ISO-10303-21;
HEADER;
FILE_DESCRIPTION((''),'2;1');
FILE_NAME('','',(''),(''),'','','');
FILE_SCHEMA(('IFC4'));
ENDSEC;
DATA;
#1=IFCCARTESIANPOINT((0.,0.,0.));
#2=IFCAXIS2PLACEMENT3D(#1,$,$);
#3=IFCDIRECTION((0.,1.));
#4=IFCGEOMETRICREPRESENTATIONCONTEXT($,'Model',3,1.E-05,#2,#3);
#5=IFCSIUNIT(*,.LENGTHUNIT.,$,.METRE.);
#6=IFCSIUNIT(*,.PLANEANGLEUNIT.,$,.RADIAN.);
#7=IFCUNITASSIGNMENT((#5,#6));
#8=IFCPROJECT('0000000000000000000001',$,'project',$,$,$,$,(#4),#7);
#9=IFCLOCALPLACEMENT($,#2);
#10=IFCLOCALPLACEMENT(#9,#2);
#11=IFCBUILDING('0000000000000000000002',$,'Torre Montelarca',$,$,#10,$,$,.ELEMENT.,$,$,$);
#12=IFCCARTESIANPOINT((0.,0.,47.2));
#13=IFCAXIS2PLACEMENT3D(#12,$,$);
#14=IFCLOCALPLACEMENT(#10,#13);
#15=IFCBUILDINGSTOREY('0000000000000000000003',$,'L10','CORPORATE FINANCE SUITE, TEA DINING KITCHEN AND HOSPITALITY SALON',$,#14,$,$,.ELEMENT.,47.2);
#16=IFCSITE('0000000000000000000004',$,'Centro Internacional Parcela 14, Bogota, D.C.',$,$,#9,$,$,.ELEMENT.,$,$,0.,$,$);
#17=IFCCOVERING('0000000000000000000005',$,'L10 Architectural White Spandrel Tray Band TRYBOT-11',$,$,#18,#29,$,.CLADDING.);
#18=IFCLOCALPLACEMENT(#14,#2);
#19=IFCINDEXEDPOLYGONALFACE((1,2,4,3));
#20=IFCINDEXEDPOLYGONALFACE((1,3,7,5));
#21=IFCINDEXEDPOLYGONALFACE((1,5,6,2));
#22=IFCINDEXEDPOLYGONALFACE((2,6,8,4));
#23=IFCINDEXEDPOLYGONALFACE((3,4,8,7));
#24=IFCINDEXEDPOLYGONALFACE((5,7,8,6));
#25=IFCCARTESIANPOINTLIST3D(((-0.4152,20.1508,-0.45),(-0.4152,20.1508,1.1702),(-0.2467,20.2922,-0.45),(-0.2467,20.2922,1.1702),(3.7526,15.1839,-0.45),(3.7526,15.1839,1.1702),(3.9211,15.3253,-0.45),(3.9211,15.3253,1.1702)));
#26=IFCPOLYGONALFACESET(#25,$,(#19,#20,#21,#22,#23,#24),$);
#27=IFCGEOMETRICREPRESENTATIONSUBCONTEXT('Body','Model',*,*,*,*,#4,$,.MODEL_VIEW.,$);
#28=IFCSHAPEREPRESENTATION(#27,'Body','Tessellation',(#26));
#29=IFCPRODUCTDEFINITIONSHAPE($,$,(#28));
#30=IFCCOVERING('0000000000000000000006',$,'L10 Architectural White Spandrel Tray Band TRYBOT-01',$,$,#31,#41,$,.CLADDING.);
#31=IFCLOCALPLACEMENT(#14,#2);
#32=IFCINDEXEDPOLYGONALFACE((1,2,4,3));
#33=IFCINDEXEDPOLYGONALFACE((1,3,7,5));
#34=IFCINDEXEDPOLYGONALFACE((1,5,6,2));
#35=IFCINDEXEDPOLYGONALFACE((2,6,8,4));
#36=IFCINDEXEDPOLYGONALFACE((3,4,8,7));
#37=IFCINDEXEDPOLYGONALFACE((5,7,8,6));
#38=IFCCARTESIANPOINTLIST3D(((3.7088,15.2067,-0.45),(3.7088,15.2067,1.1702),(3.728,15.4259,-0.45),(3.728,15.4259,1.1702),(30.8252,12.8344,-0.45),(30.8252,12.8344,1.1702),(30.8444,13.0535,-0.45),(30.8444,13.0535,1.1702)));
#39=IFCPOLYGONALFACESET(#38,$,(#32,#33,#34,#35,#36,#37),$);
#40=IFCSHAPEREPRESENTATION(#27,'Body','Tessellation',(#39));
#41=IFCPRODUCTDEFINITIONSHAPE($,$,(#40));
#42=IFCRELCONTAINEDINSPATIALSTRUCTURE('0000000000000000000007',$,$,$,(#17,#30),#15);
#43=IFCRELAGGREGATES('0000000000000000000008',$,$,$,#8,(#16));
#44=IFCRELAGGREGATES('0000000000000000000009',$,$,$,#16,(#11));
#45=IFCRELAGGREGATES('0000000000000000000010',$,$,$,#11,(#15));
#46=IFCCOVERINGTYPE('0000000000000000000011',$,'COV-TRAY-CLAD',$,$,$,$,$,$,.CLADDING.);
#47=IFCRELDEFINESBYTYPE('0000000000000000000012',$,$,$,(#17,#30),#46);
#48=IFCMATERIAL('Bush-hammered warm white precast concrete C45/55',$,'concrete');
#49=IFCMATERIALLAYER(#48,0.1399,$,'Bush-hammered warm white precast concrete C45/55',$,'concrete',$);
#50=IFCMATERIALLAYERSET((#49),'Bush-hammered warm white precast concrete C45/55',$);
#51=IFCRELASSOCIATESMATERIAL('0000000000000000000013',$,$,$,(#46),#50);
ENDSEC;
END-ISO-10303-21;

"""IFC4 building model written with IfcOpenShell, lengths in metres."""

from ifc_helpers import new_model, si_unit, direction, frame, origin, origin_2d, place, context, subcontext, project, spatial, rectangle, extrude, source, transform, mapped, material, layer, layer_set, type_object, element, save


model = new_model("IFC4")

# Units and contexts
model_context = context("Model", 3, precision=1e-05, world=origin(), true_north=direction((0.0, 1.0)))
body_context = subcontext(model_context, "Body", "Model", "MODEL_VIEW")
ifc_project = project(units=[si_unit("LENGTHUNIT", "METRE"), si_unit("PLANEANGLEUNIT", "RADIAN")], contexts=[model_context])

# Site, building, storey
site_placement = place(None, origin())
site = spatial("IfcSite", under=ifc_project, at=site_placement, Name="Centro Internacional Parcela 14, Bogota, D.C.", CompositionType="ELEMENT", RefElevation=0.0)
building_placement = place(site_placement, origin())
building = spatial("IfcBuilding", under=site, at=building_placement, Name="Torre Montelarca", CompositionType="ELEMENT")
storey_placement = place(building_placement, frame((0.0, 0.0, 47.2)))
storey = spatial("IfcBuildingStorey", under=building, at=storey_placement, Name="L10", Description="CORPORATE FINANCE SUITE, TEA DINING KITCHEN AND HOSPITALITY SALON", CompositionType="ELEMENT", Elevation=47.2)

# Coverings
ifc_material_1 = material(Name="Bush-hammered warm white precast concrete C45/55", Category="concrete")
ifc_layer_1 = layer(ifc_material_1, 0.1399, Name="Bush-hammered warm white precast concrete C45/55", Category="concrete")
ifc_layer_set_1 = layer_set([ifc_layer_1], Name="Bush-hammered warm white precast concrete C45/55")
covering_type = type_object("IfcCoveringType", Name="COV-TRAY-CLAD", PredefinedType="CLADDING", material=ifc_layer_set_1)
shared_shape_1 = source(origin(), body_context, "Body", "SweptSolid", [
    extrude(rectangle(XDim=6.4839, YDim=0.22, at=origin_2d()), origin(), (0.0, 0.0, 1.0), 1.6201),
])
covering_1_placement = place(storey_placement, frame((1.7529, 17.738, -0.45), z_axis=(0.0, 0.0, 1.0), x_axis=(0.642788, -0.766044, 0.0)))
element("IfcCovering", 1, at=covering_1_placement, inside=storey, type_object=covering_type, Name="L10 Architectural White Spandrel Tray Band TRYBOT-11", PredefinedType="CLADDING", context=body_context, shape_type="MappedRepresentation", body=[
    mapped(shared_shape_1, transform((0.0, 0.0, 0.0), scale=1.0)),
])
shared_shape_2 = source(origin(), body_context, "Body", "SweptSolid", [
    extrude(rectangle(XDim=27.22, YDim=0.22, at=origin_2d()), origin(), (0.0, 0.0, 1.0), 1.6201),
])
covering_2_placement = place(storey_placement, frame((17.2766, 14.1301, -0.45), z_axis=(0.0, 0.0, 1.0), x_axis=(0.996195, -0.087156, 0.0)))
element("IfcCovering", 2, at=covering_2_placement, inside=storey, type_object=covering_type, Name="L10 Architectural White Spandrel Tray Band TRYBOT-01", PredefinedType="CLADDING", context=body_context, shape_type="MappedRepresentation", body=[
    mapped(shared_shape_2, transform((0.0, 0.0, 0.0), scale=1.0)),
])

save(model, "model.ifc")
